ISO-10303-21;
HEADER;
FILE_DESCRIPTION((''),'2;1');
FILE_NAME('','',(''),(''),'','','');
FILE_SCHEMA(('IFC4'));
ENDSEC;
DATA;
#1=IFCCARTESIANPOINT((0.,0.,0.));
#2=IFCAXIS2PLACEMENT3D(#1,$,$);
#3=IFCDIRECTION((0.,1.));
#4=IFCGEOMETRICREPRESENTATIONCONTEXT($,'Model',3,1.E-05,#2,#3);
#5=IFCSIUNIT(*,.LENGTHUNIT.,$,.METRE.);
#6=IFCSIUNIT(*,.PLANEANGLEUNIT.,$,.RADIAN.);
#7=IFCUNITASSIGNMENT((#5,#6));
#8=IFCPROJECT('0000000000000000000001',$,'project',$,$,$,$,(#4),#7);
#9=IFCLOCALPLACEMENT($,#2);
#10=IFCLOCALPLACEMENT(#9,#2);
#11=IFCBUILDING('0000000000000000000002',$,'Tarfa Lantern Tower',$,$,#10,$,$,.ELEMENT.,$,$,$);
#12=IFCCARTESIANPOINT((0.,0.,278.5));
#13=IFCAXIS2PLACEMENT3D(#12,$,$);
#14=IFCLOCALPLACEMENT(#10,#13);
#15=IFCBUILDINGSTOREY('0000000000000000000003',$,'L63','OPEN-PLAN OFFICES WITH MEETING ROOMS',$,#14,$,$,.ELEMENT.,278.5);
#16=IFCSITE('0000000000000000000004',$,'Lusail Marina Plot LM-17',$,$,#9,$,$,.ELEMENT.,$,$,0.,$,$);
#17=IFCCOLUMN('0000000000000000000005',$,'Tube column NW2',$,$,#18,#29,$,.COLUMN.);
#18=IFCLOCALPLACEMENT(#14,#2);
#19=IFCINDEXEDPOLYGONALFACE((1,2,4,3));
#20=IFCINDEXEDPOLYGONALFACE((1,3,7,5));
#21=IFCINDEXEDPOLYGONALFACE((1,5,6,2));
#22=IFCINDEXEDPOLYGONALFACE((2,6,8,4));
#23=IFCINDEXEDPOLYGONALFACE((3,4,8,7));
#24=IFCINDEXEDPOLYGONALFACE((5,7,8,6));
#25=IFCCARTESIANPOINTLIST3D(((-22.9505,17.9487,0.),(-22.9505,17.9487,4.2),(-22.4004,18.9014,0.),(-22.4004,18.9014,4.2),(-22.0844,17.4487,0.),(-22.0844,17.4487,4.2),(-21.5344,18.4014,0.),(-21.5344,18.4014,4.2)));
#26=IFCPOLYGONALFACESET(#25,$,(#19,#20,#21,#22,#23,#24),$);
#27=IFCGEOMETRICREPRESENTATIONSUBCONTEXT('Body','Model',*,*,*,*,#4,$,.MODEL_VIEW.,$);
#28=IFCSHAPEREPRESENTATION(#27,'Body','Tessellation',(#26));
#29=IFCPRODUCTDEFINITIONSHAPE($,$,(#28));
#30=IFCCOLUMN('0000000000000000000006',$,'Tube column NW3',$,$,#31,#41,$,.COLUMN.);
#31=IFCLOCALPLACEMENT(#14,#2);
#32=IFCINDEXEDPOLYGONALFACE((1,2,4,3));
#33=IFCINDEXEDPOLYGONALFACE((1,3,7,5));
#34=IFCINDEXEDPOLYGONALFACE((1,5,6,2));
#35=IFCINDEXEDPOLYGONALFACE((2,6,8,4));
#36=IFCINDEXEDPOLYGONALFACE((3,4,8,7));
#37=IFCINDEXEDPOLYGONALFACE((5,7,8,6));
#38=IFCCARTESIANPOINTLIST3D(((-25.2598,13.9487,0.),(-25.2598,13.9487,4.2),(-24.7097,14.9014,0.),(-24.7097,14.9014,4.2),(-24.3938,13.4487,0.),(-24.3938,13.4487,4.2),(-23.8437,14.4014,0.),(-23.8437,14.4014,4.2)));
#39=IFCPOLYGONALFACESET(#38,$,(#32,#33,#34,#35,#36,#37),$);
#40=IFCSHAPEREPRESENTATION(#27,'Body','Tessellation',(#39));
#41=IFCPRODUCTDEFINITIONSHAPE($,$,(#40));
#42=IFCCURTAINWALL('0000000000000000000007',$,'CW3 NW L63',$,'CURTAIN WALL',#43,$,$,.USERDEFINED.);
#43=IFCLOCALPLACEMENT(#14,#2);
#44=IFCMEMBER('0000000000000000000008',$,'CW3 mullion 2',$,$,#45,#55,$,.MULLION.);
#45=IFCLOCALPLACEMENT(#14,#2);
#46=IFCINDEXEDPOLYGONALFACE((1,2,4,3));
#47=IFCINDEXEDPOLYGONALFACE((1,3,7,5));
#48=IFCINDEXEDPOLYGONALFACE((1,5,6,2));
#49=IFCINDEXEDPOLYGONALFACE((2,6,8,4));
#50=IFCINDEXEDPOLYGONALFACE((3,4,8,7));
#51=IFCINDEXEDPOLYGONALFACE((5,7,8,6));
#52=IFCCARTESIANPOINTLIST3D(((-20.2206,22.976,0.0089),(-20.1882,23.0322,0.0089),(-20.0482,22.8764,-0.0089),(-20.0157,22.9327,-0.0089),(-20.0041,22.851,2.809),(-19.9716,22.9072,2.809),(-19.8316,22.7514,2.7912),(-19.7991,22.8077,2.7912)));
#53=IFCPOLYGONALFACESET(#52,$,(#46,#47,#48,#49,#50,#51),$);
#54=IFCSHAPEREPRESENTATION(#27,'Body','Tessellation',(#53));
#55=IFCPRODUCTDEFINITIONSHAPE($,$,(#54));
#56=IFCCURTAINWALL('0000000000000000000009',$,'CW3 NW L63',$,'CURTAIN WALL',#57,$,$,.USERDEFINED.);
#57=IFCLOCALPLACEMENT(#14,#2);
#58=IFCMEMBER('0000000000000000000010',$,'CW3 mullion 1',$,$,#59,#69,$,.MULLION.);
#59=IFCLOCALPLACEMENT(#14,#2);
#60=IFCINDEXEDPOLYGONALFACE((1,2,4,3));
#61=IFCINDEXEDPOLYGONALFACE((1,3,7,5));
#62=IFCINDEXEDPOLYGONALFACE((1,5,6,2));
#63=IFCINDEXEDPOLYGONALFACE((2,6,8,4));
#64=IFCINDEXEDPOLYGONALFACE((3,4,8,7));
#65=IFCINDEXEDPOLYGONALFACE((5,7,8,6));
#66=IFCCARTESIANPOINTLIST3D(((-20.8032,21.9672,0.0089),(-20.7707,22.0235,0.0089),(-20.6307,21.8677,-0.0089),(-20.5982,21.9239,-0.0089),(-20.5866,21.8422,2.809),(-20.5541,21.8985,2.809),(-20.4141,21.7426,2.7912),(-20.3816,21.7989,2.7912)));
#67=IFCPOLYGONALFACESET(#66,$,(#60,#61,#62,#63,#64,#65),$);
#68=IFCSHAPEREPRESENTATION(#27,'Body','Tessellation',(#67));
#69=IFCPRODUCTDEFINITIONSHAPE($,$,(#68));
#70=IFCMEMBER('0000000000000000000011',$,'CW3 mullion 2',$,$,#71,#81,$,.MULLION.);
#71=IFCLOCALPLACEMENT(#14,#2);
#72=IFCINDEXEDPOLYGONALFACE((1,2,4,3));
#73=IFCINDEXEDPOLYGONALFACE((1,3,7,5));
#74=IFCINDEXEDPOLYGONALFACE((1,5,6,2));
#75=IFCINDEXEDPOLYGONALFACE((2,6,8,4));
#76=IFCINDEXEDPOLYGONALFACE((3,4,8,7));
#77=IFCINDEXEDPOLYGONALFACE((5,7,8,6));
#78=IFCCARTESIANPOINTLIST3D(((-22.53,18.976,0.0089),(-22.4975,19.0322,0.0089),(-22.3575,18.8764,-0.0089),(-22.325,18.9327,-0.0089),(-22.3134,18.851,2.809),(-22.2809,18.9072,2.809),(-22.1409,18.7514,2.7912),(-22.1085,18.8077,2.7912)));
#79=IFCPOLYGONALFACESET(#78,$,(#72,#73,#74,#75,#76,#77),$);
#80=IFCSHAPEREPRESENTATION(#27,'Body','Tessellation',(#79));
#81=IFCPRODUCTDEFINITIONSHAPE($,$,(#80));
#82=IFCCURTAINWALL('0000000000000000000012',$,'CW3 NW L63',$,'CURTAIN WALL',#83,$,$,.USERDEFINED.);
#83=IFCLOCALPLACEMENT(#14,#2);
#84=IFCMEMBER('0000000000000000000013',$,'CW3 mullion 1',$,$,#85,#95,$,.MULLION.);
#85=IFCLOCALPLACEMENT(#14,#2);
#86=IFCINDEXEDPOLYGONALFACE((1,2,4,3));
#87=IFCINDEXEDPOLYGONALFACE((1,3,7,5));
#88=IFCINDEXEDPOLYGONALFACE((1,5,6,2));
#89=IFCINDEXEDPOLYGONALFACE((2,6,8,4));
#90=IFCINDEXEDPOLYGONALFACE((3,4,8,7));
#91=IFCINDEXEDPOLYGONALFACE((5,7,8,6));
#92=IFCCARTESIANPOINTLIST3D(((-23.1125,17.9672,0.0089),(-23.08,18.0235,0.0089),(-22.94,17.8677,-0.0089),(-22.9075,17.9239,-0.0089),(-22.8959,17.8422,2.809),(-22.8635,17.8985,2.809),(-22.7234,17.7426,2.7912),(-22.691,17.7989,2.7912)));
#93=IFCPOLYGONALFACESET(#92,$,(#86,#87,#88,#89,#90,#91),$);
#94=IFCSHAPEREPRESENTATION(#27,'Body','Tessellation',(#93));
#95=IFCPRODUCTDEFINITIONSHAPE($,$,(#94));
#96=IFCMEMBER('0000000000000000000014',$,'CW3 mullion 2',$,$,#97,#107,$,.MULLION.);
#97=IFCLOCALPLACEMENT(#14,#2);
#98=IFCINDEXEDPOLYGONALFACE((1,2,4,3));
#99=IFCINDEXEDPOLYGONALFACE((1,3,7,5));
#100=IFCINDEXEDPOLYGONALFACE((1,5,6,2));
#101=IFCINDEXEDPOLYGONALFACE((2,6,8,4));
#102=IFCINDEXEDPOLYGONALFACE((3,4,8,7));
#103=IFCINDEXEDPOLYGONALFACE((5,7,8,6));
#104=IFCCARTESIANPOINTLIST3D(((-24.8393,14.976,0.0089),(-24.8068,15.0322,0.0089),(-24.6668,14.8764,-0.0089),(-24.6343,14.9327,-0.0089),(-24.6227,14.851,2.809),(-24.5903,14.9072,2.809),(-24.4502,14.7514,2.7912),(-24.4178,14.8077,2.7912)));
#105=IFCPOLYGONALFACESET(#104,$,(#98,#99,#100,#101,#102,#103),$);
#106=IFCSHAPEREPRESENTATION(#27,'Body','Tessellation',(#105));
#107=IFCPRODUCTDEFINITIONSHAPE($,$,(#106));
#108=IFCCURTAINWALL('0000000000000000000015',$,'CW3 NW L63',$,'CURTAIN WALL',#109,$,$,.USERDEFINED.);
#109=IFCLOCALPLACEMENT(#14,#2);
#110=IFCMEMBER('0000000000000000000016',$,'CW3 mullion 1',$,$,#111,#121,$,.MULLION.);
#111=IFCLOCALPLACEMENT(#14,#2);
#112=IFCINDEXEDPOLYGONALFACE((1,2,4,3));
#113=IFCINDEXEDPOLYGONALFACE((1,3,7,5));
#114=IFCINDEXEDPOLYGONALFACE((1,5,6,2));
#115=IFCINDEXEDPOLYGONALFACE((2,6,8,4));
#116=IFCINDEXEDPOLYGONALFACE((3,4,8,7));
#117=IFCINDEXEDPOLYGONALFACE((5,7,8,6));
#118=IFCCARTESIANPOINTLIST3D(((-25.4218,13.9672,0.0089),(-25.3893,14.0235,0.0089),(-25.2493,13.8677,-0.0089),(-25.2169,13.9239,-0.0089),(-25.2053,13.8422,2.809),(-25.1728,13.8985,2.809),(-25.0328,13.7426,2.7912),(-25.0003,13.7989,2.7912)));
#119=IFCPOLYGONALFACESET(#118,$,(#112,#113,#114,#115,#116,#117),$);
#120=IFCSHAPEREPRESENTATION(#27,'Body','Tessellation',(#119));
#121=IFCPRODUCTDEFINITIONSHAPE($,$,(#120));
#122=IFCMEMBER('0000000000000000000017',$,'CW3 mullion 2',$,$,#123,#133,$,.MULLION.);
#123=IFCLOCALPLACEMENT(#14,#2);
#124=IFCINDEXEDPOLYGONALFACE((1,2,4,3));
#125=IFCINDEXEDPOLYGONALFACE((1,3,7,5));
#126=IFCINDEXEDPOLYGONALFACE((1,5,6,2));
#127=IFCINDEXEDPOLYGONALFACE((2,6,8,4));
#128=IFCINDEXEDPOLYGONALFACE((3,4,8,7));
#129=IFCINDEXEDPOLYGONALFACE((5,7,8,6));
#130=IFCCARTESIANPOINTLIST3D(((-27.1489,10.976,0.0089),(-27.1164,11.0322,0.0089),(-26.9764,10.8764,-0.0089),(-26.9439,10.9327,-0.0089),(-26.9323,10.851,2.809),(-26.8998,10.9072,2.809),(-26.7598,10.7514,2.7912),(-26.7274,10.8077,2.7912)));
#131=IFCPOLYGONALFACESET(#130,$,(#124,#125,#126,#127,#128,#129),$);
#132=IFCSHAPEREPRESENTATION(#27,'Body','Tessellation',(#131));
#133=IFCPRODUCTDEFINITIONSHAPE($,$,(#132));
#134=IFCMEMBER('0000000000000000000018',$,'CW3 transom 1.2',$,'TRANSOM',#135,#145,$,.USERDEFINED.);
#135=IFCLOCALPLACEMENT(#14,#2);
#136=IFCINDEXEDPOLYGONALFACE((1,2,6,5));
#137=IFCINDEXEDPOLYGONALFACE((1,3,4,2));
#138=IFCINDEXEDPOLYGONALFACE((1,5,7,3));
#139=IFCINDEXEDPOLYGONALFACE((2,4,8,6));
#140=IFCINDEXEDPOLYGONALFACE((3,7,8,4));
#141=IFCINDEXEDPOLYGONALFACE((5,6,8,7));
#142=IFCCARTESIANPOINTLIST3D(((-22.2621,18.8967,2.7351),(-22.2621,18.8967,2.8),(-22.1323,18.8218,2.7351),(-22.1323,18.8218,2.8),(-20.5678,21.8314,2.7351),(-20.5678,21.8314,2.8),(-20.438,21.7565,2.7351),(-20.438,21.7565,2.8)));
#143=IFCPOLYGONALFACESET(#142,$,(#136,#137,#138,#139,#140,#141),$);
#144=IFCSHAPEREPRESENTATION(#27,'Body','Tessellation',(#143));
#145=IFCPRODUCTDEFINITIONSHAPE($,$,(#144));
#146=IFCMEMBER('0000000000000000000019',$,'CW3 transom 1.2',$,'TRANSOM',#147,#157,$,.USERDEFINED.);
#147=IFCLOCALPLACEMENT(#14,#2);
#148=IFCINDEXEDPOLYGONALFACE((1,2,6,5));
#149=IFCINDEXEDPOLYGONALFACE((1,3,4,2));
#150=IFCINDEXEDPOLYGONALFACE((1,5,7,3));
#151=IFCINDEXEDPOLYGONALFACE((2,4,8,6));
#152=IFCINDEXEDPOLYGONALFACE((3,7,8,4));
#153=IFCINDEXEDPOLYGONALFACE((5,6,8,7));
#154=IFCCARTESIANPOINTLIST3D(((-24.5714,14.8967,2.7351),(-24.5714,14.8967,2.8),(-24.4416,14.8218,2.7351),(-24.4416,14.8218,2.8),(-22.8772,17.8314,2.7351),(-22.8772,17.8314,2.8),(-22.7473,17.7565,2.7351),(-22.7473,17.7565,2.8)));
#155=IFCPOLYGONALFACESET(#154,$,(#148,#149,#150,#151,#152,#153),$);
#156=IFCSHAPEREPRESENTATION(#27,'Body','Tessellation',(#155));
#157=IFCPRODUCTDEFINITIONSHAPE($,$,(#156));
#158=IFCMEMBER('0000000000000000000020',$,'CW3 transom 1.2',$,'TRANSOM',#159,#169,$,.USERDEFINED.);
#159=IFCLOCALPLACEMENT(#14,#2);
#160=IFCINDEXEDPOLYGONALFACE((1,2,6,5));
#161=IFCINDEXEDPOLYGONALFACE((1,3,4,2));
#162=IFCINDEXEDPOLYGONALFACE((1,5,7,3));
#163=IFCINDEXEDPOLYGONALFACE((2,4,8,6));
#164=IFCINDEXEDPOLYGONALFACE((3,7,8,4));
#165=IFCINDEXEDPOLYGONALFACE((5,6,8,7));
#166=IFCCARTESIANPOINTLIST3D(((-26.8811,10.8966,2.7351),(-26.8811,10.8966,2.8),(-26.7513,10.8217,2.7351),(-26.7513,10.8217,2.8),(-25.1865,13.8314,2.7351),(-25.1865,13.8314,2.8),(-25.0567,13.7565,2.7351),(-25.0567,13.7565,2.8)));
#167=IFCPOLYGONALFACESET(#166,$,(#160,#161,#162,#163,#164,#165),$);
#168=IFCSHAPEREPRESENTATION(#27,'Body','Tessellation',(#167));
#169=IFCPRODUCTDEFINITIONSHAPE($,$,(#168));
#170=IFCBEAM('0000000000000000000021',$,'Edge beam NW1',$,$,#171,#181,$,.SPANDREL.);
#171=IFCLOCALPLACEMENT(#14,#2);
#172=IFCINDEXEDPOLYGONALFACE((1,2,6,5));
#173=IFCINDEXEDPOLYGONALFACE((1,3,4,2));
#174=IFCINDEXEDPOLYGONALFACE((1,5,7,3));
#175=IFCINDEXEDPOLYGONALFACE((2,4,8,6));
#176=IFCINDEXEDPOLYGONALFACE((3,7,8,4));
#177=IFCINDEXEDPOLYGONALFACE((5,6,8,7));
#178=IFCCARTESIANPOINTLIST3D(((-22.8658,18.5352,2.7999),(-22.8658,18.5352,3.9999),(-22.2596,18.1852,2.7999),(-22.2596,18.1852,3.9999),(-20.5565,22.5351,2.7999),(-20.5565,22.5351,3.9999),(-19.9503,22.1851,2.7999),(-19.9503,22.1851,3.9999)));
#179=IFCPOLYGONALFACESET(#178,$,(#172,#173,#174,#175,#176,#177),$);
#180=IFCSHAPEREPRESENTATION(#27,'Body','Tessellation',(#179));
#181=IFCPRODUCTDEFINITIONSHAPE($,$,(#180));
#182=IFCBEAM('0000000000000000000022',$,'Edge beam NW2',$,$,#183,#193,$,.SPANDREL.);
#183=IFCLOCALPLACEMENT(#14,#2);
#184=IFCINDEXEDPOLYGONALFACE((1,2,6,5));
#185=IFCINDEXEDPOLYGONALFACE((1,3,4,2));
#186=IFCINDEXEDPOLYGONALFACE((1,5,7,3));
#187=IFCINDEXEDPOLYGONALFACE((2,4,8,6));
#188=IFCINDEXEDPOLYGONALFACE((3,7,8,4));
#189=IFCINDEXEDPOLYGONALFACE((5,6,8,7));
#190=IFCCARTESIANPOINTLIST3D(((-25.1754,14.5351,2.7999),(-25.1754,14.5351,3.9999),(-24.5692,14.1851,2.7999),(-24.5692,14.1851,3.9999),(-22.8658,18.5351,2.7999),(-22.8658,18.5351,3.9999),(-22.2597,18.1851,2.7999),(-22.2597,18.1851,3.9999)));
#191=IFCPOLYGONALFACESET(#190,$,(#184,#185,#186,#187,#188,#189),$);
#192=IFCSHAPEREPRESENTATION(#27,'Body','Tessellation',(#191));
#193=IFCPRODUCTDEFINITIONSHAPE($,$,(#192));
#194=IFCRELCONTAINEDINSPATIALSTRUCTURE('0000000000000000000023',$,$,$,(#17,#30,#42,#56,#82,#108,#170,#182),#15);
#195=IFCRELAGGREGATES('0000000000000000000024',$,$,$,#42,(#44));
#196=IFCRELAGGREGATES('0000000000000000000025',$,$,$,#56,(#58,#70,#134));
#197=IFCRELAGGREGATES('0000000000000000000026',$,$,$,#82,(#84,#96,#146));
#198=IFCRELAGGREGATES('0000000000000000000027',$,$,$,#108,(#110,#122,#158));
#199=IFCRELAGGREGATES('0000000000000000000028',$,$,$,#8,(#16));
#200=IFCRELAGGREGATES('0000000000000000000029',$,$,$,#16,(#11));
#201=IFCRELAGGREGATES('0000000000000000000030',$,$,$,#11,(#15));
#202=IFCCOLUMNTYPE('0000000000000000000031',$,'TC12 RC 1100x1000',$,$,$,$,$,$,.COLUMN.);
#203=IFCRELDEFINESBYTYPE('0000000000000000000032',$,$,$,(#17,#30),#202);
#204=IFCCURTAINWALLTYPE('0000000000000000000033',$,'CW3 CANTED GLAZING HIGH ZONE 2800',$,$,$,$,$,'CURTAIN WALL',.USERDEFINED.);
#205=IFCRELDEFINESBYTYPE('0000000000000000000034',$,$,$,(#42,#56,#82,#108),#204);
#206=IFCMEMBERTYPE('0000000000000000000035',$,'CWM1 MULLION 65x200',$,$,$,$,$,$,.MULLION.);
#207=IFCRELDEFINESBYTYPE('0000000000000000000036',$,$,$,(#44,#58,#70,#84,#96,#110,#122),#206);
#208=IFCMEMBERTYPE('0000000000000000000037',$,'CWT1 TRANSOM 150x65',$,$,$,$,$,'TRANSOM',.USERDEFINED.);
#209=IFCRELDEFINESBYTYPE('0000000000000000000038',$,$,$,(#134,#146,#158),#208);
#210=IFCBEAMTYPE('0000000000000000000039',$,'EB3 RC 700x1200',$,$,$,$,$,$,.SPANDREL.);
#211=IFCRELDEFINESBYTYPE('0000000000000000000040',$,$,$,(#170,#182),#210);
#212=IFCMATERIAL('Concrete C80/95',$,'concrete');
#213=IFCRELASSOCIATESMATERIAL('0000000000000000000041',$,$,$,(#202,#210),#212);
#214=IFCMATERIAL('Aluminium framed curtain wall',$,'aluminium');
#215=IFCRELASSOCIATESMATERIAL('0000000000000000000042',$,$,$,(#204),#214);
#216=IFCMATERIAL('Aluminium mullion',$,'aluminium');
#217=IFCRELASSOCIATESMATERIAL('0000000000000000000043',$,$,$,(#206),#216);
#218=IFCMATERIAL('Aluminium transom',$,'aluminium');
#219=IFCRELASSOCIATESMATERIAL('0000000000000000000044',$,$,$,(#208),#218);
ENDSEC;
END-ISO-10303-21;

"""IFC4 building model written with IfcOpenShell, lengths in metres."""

from ifc_helpers import new_model, si_unit, direction, frame, origin, origin_2d, place, context, subcontext, project, spatial, rectangle, extrude, material, material_profile, profile_set, type_object, element, aggregate, save


model = new_model("IFC4")

# Units and contexts
model_context = context("Model", 3, precision=1e-05, world=origin(), true_north=direction((0.0, 1.0)))
body_context = subcontext(model_context, "Body", "Model", "MODEL_VIEW")
ifc_project = project(units=[si_unit("LENGTHUNIT", "METRE"), si_unit("PLANEANGLEUNIT", "RADIAN")], contexts=[model_context])

# Site, building, storey
site_placement = place(None, origin())
site = spatial("IfcSite", under=ifc_project, at=site_placement, Name="Lusail Marina Plot LM-17", CompositionType="ELEMENT", RefElevation=0.0)
building_placement = place(site_placement, origin())
building = spatial("IfcBuilding", under=site, at=building_placement, Name="Tarfa Lantern Tower", CompositionType="ELEMENT")
storey_placement = place(building_placement, frame((0.0, 0.0, 278.5)))
storey = spatial("IfcBuildingStorey", under=building, at=storey_placement, Name="L63", Description="OPEN-PLAN OFFICES WITH MEETING ROOMS", CompositionType="ELEMENT", Elevation=278.5)

# Columns
ifc_material_1 = material(Name="Concrete C80/95", Category="concrete")
ifc_material_profile_1 = material_profile(ifc_material_1, rectangle(XDim=1.1001, YDim=1.0, at=origin_2d()), Name="RC 1100x1000")
ifc_profile_set_1 = profile_set([ifc_material_profile_1], Name="Concrete C80/95")
column_type = type_object("IfcColumnType", Name="TC12 RC 1100x1000", PredefinedType="COLUMN", material=ifc_profile_set_1)
for number, where, z_axis, x_axis, name in (
    (1, (-22.2424, 18.175, 0.0), (0.0, 0.0, 1.0), (-0.5, -0.866025, 0.0), "Tube column NW2"),
    (2, (-24.5518, 14.175, 0.0), (0.0, 0.0, 1.0), (-0.5, -0.866025, 0.0), "Tube column NW3"),
):
    element("IfcColumn", number, at=place(storey_placement, frame(where, z_axis=z_axis, x_axis=x_axis)), inside=storey, type_object=column_type, Name=name, PredefinedType="COLUMN", context=body_context, shape_type="SweptSolid", body=[
        extrude(rectangle(XDim=1.1001, YDim=1.0, at=origin_2d()), origin(), (0.0, 0.0, 1.0), 4.2),
    ])

# Curtain wall, member
ifc_material_2 = material(Name="Aluminium framed curtain wall", Category="aluminium")
curtain_wall_type = type_object("IfcCurtainWallType", Name="CW3 CANTED GLAZING HIGH ZONE 2800", ElementType="CURTAIN WALL", PredefinedType="USERDEFINED", material=ifc_material_2)
curtain_wall_1_placement = place(storey_placement, origin())
curtain_wall_1 = element("IfcCurtainWall", 3, at=curtain_wall_1_placement, inside=storey, type_object=curtain_wall_type, Name="CW3 NW L63", ObjectType="CURTAIN WALL", PredefinedType="USERDEFINED")
ifc_material_3 = material(Name="Aluminium mullion", Category="aluminium")
ifc_material_profile_2 = material_profile(ifc_material_3, rectangle(XDim=0.0649, YDim=0.2, at=origin_2d()), Name="AL MULLION 65x200")
ifc_profile_set_2 = profile_set([ifc_material_profile_2], Name="Aluminium mullion")
member_type_1 = type_object("IfcMemberType", Name="CWM1 MULLION 65x200", PredefinedType="MULLION", material=ifc_profile_set_2)
member_1_placement = place(storey_placement, frame((-20.1182, 22.9543, 0.0), z_axis=(0.077032, -0.044465, 0.996037), x_axis=(0.49992, 0.866072, 0.0)))
member_1 = element("IfcMember", 4, at=member_1_placement, type_object=member_type_1, Name="CW3 mullion 2", PredefinedType="MULLION", context=body_context, shape_type="SweptSolid", body=[
    extrude(rectangle(XDim=0.0649, YDim=0.2, at=origin_2d()), origin(), (0.0, 0.0, 1.0), 2.8113),
])
aggregate(curtain_wall_1, [member_1])

# Curtain walls, members
curtain_wall_2_placement = place(storey_placement, origin())
curtain_wall_2 = element("IfcCurtainWall", 5, at=curtain_wall_2_placement, inside=storey, type_object=curtain_wall_type, Name="CW3 NW L63", ObjectType="CURTAIN WALL", PredefinedType="USERDEFINED")
member_2_placement = place(storey_placement, frame((-20.7007, 21.9456, 0.0), z_axis=(0.077032, -0.044465, 0.996037), x_axis=(0.49992, 0.866072, 0.0)))
member_2 = element("IfcMember", 6, at=member_2_placement, type_object=member_type_1, Name="CW3 mullion 1", PredefinedType="MULLION", context=body_context, shape_type="SweptSolid", body=[
    extrude(rectangle(XDim=0.0649, YDim=0.2, at=origin_2d()), origin(), (0.0, 0.0, 1.0), 2.8113),
])
member_3_placement = place(storey_placement, frame((-22.4275, 18.9543, 0.0), z_axis=(0.077032, -0.044465, 0.996037), x_axis=(0.49992, 0.866072, 0.0)))
member_3 = element("IfcMember", 7, at=member_3_placement, type_object=member_type_1, Name="CW3 mullion 2", PredefinedType="MULLION", context=body_context, shape_type="SweptSolid", body=[
    extrude(rectangle(XDim=0.0649, YDim=0.2, at=origin_2d()), origin(), (0.0, 0.0, 1.0), 2.8113),
])
curtain_wall_3_placement = place(storey_placement, origin())
curtain_wall_3 = element("IfcCurtainWall", 8, at=curtain_wall_3_placement, inside=storey, type_object=curtain_wall_type, Name="CW3 NW L63", ObjectType="CURTAIN WALL", PredefinedType="USERDEFINED")
member_4_placement = place(storey_placement, frame((-23.01, 17.9456, 0.0), z_axis=(0.077032, -0.044465, 0.996037), x_axis=(0.49992, 0.866072, 0.0)))
member_4 = element("IfcMember", 9, at=member_4_placement, type_object=member_type_1, Name="CW3 mullion 1", PredefinedType="MULLION", context=body_context, shape_type="SweptSolid", body=[
    extrude(rectangle(XDim=0.0649, YDim=0.2, at=origin_2d()), origin(), (0.0, 0.0, 1.0), 2.8113),
])
member_5_placement = place(storey_placement, frame((-24.7368, 14.9543, 0.0), z_axis=(0.077032, -0.044465, 0.996037), x_axis=(0.49992, 0.866072, 0.0)))
member_5 = element("IfcMember", 10, at=member_5_placement, type_object=member_type_1, Name="CW3 mullion 2", PredefinedType="MULLION", context=body_context, shape_type="SweptSolid", body=[
    extrude(rectangle(XDim=0.0649, YDim=0.2, at=origin_2d()), origin(), (0.0, 0.0, 1.0), 2.8113),
])
curtain_wall_4_placement = place(storey_placement, origin())
curtain_wall_4 = element("IfcCurtainWall", 11, at=curtain_wall_4_placement, inside=storey, type_object=curtain_wall_type, Name="CW3 NW L63", ObjectType="CURTAIN WALL", PredefinedType="USERDEFINED")
member_6_placement = place(storey_placement, frame((-25.3193, 13.9456, 0.0), z_axis=(0.077032, -0.044465, 0.996037), x_axis=(0.49992, 0.866072, 0.0)))
member_6 = element("IfcMember", 12, at=member_6_placement, type_object=member_type_1, Name="CW3 mullion 1", PredefinedType="MULLION", context=body_context, shape_type="SweptSolid", body=[
    extrude(rectangle(XDim=0.0649, YDim=0.2, at=origin_2d()), origin(), (0.0, 0.0, 1.0), 2.8113),
])
member_7_placement = place(storey_placement, frame((-27.0464, 10.9543, 0.0), z_axis=(0.077032, -0.044465, 0.996037), x_axis=(0.49992, 0.866072, 0.0)))
member_7 = element("IfcMember", 13, at=member_7_placement, type_object=member_type_1, Name="CW3 mullion 2", PredefinedType="MULLION", context=body_context, shape_type="SweptSolid", body=[
    extrude(rectangle(XDim=0.0649, YDim=0.2, at=origin_2d()), origin(), (0.0, 0.0, 1.0), 2.8113),
])

# Members
ifc_material_4 = material(Name="Aluminium transom", Category="aluminium")
ifc_material_profile_3 = material_profile(ifc_material_4, rectangle(XDim=0.1499, YDim=0.0649, at=origin_2d()), Name="AL TRANSOM 150x65")
ifc_profile_set_3 = profile_set([ifc_material_profile_3], Name="Aluminium transom")
member_type_2 = type_object("IfcMemberType", Name="CWT1 TRANSOM 150x65", ElementType="TRANSOM", PredefinedType="USERDEFINED", material=ifc_profile_set_3)
member_8_placement = place(storey_placement, frame((-20.5029, 21.7939, 2.7676), z_axis=(-0.499982, -0.866036, 0.0), x_axis=(0.866036, -0.499982, 0.0)))
member_8 = element("IfcMember", 14, at=member_8_placement, type_object=member_type_2, Name="CW3 transom 1.2", ObjectType="TRANSOM", PredefinedType="USERDEFINED", context=body_context, shape_type="SweptSolid", body=[
    extrude(rectangle(XDim=0.1499, YDim=0.0649, at=origin_2d()), origin(), (0.0, 0.0, 1.0), 3.3887),
])
member_9_placement = place(storey_placement, frame((-22.8123, 17.7939, 2.7676), z_axis=(-0.499982, -0.866036, 0.0), x_axis=(0.866036, -0.499982, 0.0)))
member_9 = element("IfcMember", 15, at=member_9_placement, type_object=member_type_2, Name="CW3 transom 1.2", ObjectType="TRANSOM", PredefinedType="USERDEFINED", context=body_context, shape_type="SweptSolid", body=[
    extrude(rectangle(XDim=0.1499, YDim=0.0649, at=origin_2d()), origin(), (0.0, 0.0, 1.0), 3.3887),
])
member_10_placement = place(storey_placement, frame((-25.1216, 13.7939, 2.7676), z_axis=(-0.500036, -0.866004, 0.0), x_axis=(0.866004, -0.500036, 0.0)))
member_10 = element("IfcMember", 16, at=member_10_placement, type_object=member_type_2, Name="CW3 transom 1.2", ObjectType="TRANSOM", PredefinedType="USERDEFINED", context=body_context, shape_type="SweptSolid", body=[
    extrude(rectangle(XDim=0.1499, YDim=0.0649, at=origin_2d()), origin(), (0.0, 0.0, 1.0), 3.3889),
])

# Beams
ifc_material_profile_4 = material_profile(ifc_material_1, rectangle(XDim=0.7, YDim=1.2, at=origin_2d()), Name="RC 700x1200")
ifc_profile_set_4 = profile_set([ifc_material_profile_4], Name="Concrete C80/95")
beam_type_1 = type_object("IfcBeamType", Name="EB3 RC 700x1200", PredefinedType="SPANDREL", material=ifc_profile_set_4)
beam_1_placement = place(storey_placement, frame((-20.2534, 22.3601, 3.3999), z_axis=(-0.499988, -0.866032, 0.0), x_axis=(0.866032, -0.499988, 0.0)))
element("IfcBeam", 17, at=beam_1_placement, inside=storey, type_object=beam_type_1, Name="Edge beam NW1", PredefinedType="SPANDREL", context=body_context, shape_type="SweptSolid", body=[
    extrude(rectangle(XDim=0.7, YDim=1.2, at=origin_2d()), origin(), (0.0, 0.0, 1.0), 4.6187),
])
beam_2_placement = place(storey_placement, frame((-22.5627, 18.3601, 3.3999), z_axis=(-0.500027, -0.86601, 0.0), x_axis=(0.86601, -0.500027, 0.0)))
element("IfcBeam", 18, at=beam_2_placement, inside=storey, type_object=beam_type_1, Name="Edge beam NW2", PredefinedType="SPANDREL", context=body_context, shape_type="SweptSolid", body=[
    extrude(rectangle(XDim=0.7, YDim=1.2, at=origin_2d()), origin(), (0.0, 0.0, 1.0), 4.6189),
])

aggregate(curtain_wall_2, [member_2, member_3, member_8])
aggregate(curtain_wall_3, [member_4, member_5, member_9])
aggregate(curtain_wall_4, [member_6, member_7, member_10])

save(model, "model.ifc")
